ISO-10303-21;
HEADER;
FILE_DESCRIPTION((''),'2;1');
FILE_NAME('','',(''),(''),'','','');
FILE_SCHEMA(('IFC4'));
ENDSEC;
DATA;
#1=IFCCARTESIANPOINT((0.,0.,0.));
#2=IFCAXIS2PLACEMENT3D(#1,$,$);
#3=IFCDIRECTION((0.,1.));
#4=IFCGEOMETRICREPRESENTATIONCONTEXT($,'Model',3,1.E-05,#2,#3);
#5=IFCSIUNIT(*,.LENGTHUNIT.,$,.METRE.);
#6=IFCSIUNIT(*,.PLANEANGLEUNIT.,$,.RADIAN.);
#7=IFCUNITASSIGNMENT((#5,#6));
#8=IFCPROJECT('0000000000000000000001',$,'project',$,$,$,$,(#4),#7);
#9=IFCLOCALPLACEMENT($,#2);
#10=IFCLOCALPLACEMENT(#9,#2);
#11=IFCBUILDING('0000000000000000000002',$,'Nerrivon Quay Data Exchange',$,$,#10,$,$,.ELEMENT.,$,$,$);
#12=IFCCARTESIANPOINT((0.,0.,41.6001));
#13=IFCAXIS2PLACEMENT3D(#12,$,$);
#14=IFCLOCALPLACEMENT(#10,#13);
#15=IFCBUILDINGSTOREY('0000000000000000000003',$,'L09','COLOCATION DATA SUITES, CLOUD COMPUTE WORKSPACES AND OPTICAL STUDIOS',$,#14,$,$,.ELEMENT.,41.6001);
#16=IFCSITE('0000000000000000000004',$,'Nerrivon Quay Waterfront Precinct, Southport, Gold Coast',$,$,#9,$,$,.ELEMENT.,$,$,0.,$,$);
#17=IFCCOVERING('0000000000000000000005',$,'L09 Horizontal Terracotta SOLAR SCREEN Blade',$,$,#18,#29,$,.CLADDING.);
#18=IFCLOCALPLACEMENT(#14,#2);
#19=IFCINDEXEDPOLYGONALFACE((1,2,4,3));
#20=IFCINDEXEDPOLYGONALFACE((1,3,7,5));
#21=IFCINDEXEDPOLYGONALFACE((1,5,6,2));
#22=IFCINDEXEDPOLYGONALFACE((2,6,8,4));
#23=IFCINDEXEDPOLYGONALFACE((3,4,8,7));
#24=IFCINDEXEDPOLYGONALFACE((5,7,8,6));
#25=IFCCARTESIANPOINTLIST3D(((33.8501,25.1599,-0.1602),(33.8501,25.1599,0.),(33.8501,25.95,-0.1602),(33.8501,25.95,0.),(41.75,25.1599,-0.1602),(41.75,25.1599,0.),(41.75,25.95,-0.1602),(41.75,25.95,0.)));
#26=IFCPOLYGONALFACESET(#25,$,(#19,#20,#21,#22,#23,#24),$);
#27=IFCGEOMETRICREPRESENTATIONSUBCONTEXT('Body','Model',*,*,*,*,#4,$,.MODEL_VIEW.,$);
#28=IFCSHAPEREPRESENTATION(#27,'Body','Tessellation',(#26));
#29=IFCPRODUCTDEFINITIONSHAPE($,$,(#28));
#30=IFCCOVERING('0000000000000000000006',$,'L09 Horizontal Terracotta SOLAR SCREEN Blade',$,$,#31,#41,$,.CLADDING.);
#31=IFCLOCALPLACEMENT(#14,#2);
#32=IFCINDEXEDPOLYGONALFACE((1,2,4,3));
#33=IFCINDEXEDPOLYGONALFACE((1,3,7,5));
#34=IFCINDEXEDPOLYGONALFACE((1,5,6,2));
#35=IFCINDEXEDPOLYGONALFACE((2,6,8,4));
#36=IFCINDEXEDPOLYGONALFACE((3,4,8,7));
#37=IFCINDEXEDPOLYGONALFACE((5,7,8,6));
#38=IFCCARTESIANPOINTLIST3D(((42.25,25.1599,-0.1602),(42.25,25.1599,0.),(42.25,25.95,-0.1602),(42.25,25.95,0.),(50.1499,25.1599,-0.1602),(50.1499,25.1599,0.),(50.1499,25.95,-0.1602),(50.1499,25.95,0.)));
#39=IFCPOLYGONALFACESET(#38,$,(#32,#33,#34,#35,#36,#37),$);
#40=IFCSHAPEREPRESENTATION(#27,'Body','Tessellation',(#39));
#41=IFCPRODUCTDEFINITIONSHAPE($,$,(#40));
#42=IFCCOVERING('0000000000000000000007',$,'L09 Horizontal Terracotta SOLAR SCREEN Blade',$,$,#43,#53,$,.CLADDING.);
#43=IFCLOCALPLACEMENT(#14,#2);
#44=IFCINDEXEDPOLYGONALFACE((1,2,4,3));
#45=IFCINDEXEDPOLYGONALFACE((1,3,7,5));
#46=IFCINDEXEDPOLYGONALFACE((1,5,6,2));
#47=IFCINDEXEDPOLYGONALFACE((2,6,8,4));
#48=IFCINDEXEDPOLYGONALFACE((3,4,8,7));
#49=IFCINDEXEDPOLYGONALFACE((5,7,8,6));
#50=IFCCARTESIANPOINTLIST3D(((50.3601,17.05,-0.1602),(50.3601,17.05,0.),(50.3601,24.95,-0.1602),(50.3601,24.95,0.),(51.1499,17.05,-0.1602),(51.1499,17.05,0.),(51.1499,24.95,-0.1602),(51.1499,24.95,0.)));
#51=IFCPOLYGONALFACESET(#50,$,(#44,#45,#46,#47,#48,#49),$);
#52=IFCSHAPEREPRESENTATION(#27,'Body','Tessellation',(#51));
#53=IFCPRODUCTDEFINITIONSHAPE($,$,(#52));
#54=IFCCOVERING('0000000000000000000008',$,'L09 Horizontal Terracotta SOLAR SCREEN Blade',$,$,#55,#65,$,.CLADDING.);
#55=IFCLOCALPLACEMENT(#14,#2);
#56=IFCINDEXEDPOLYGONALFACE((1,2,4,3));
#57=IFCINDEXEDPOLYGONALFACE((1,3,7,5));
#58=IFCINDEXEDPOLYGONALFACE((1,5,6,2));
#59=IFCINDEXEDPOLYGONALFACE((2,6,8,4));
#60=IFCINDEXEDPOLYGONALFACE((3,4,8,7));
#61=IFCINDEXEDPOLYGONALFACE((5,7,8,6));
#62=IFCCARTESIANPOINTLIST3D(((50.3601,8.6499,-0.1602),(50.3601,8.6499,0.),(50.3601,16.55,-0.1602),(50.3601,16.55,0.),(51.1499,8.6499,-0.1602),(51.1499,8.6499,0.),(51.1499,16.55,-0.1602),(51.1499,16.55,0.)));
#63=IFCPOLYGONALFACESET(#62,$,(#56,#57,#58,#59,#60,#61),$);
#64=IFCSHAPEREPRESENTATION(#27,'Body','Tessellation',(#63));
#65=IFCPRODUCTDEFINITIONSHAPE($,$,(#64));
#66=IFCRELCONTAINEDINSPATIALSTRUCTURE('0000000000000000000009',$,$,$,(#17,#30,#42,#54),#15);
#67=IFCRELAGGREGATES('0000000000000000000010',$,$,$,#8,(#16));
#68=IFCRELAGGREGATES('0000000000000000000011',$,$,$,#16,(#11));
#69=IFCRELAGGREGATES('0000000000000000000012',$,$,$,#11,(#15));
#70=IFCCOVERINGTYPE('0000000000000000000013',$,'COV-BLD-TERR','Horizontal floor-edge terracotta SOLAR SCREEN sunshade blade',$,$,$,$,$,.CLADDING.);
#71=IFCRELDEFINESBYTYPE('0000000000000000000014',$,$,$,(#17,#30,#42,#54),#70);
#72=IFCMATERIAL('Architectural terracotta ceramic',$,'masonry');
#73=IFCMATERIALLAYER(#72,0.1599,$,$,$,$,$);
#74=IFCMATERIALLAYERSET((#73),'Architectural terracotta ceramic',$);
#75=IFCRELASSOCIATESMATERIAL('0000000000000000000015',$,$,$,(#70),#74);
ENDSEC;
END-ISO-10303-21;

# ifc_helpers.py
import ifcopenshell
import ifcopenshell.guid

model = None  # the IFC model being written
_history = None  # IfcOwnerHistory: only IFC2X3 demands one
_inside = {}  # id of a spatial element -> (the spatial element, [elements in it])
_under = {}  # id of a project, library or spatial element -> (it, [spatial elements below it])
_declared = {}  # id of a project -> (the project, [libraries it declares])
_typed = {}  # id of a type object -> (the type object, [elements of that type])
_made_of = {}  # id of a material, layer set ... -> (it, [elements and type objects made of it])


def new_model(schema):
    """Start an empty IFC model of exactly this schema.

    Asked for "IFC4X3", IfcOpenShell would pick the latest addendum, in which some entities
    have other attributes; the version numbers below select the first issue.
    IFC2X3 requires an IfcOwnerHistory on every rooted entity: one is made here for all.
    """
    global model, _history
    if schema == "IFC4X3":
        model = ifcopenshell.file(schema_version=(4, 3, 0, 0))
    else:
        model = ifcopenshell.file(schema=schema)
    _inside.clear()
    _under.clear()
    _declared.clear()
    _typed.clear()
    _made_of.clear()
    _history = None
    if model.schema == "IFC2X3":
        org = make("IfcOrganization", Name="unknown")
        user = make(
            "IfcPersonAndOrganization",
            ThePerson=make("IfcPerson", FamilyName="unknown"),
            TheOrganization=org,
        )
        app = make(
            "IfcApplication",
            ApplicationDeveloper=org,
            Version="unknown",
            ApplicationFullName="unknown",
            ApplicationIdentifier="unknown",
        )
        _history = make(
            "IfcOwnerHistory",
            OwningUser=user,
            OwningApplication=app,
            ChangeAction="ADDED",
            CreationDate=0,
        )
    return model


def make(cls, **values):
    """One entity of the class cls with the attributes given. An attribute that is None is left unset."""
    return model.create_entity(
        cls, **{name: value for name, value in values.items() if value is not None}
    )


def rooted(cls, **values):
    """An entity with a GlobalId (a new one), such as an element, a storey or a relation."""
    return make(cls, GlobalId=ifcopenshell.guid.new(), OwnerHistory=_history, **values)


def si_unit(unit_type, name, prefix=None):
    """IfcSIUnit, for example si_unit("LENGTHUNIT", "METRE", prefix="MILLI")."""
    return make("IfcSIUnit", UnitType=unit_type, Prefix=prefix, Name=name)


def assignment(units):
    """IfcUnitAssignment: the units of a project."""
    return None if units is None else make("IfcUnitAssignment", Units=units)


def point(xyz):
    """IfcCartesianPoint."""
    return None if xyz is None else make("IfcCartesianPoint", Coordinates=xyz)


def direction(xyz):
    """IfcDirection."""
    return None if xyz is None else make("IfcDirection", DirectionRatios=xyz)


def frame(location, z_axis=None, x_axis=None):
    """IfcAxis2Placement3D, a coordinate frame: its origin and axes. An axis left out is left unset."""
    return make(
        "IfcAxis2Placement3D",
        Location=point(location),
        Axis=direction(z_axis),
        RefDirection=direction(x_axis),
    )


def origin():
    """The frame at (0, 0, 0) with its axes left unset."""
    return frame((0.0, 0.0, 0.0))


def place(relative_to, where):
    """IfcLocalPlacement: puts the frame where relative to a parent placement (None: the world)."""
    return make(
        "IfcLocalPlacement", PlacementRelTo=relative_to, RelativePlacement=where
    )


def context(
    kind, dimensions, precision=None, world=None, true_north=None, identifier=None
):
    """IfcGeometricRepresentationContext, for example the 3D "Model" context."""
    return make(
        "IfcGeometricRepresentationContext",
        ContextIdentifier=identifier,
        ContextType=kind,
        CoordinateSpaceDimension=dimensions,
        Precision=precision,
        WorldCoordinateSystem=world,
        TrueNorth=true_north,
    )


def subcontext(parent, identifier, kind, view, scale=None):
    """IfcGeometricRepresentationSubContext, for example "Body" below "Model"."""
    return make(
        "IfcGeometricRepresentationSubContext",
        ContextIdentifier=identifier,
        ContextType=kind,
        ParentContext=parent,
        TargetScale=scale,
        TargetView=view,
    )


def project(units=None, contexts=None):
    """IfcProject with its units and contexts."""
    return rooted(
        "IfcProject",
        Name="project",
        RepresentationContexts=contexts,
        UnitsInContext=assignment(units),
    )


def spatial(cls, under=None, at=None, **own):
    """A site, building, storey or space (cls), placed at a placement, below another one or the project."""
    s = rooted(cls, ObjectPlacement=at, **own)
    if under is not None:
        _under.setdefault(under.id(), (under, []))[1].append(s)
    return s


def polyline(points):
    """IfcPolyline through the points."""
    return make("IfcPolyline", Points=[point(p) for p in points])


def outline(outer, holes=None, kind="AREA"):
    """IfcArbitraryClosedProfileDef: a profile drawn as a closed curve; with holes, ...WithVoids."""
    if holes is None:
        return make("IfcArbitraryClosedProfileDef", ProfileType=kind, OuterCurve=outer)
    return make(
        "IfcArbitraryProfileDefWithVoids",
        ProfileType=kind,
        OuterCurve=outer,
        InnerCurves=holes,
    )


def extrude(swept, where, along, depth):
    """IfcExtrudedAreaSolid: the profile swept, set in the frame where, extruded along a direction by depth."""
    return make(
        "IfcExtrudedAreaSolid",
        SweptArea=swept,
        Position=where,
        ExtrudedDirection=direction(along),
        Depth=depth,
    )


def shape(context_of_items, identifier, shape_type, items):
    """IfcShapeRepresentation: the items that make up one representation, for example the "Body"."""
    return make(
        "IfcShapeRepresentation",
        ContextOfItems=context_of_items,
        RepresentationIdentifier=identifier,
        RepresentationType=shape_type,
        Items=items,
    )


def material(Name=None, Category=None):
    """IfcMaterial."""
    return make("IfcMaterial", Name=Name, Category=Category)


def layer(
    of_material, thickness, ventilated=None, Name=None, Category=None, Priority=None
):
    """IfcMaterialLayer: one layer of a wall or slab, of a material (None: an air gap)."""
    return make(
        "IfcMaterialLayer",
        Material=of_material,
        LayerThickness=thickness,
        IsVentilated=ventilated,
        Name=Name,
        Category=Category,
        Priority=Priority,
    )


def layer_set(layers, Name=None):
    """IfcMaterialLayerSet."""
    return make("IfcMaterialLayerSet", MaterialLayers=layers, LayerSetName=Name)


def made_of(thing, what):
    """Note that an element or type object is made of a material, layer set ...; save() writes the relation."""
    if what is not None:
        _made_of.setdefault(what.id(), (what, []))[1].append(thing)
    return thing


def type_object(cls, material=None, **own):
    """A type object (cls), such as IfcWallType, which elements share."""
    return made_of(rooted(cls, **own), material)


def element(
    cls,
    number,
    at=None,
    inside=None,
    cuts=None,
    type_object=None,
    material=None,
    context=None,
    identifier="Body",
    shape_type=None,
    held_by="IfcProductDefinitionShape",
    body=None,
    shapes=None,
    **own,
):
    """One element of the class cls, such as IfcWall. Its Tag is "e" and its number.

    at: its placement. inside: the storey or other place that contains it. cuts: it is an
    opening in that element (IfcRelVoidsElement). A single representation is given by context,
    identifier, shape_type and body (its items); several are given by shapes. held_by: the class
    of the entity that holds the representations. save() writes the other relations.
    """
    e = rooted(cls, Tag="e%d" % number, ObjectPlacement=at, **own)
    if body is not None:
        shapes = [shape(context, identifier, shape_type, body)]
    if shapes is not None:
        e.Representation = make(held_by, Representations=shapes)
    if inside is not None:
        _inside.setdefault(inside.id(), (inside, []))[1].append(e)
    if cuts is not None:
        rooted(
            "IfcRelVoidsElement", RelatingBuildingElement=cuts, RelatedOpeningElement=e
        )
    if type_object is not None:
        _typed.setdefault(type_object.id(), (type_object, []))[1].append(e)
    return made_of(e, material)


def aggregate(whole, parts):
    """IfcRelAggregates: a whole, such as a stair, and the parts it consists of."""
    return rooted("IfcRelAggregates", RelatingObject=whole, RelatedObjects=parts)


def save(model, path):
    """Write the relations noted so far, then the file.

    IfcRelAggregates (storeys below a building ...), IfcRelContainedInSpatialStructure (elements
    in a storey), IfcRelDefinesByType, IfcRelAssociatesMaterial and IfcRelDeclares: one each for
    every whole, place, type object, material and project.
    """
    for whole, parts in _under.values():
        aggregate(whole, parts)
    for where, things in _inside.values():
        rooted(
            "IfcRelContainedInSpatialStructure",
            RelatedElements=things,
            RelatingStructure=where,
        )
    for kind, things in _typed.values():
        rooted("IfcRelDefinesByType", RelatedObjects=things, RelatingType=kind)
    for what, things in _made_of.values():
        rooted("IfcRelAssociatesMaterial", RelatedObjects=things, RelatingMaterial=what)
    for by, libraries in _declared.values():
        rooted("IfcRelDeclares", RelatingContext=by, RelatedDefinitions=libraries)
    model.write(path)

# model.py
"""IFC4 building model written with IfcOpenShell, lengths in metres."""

from ifc_helpers import new_model, si_unit, direction, frame, origin, place, context, subcontext, project, spatial, polyline, outline, extrude, material, layer, layer_set, type_object, element, save


model = new_model("IFC4")

# Units and contexts
model_context = context("Model", 3, precision=1e-05, world=origin(), true_north=direction((0.0, 1.0)))
body_context = subcontext(model_context, "Body", "Model", "MODEL_VIEW")
ifc_project = project(units=[si_unit("LENGTHUNIT", "METRE"), si_unit("PLANEANGLEUNIT", "RADIAN")], contexts=[model_context])

# Site, building, storey
site_placement = place(None, origin())
site = spatial("IfcSite", under=ifc_project, at=site_placement, Name="Nerrivon Quay Waterfront Precinct, Southport, Gold Coast", CompositionType="ELEMENT", RefElevation=0.0)
building_placement = place(site_placement, origin())
building = spatial("IfcBuilding", under=site, at=building_placement, Name="Nerrivon Quay Data Exchange", CompositionType="ELEMENT")
storey_placement = place(building_placement, frame((0.0, 0.0, 41.6001)))
storey = spatial("IfcBuildingStorey", under=building, at=storey_placement, Name="L09", Description="COLOCATION DATA SUITES, CLOUD COMPUTE WORKSPACES AND OPTICAL STUDIOS", CompositionType="ELEMENT", Elevation=41.6001)

# Coverings
ifc_material_1 = material(Name="Architectural terracotta ceramic", Category="masonry")
ifc_layer_1 = layer(ifc_material_1, 0.1599)
ifc_layer_set_1 = layer_set([ifc_layer_1], Name="Architectural terracotta ceramic")
covering_type = type_object("IfcCoveringType", Name="COV-BLD-TERR", Description="Horizontal floor-edge terracotta SOLAR SCREEN sunshade blade", PredefinedType="CLADDING", material=ifc_layer_set_1)
covering_1_placement = place(storey_placement, frame((0.0, 0.0, -0.1602)))
element("IfcCovering", 1, at=covering_1_placement, inside=storey, type_object=covering_type, Name="L09 Horizontal Terracotta SOLAR SCREEN Blade", PredefinedType="CLADDING", context=body_context, shape_type="SweptSolid", body=[
    extrude(outline(polyline([(33.8501, 25.1599), (41.75, 25.1599), (41.75, 25.95), (33.8501, 25.95), (33.8501, 25.1599)])), origin(), (0.0, 0.0, 1.0), 0.1602),
])
covering_2_placement = place(storey_placement, frame((0.0, 0.0, -0.1602)))
element("IfcCovering", 2, at=covering_2_placement, inside=storey, type_object=covering_type, Name="L09 Horizontal Terracotta SOLAR SCREEN Blade", PredefinedType="CLADDING", context=body_context, shape_type="SweptSolid", body=[
    extrude(outline(polyline([(42.25, 25.1599), (50.1499, 25.1599), (50.1499, 25.95), (42.25, 25.95), (42.25, 25.1599)])), origin(), (0.0, 0.0, 1.0), 0.1602),
])
covering_3_placement = place(storey_placement, frame((0.0, 0.0, -0.1602)))
element("IfcCovering", 3, at=covering_3_placement, inside=storey, type_object=covering_type, Name="L09 Horizontal Terracotta SOLAR SCREEN Blade", PredefinedType="CLADDING", context=body_context, shape_type="SweptSolid", body=[
    extrude(outline(polyline([(50.3601, 24.95), (50.3601, 17.05), (51.1499, 17.05), (51.1499, 24.95), (50.3601, 24.95)])), origin(), (0.0, 0.0, 1.0), 0.1602),
])
covering_4_placement = place(storey_placement, frame((0.0, 0.0, -0.1602)))
element("IfcCovering", 4, at=covering_4_placement, inside=storey, type_object=covering_type, Name="L09 Horizontal Terracotta SOLAR SCREEN Blade", PredefinedType="CLADDING", context=body_context, shape_type="SweptSolid", body=[
    extrude(outline(polyline([(50.3601, 16.55), (50.3601, 8.6499), (51.1499, 8.6499), (51.1499, 16.55), (50.3601, 16.55)])), origin(), (0.0, 0.0, 1.0), 0.1602),
])

save(model, "model.ifc")
